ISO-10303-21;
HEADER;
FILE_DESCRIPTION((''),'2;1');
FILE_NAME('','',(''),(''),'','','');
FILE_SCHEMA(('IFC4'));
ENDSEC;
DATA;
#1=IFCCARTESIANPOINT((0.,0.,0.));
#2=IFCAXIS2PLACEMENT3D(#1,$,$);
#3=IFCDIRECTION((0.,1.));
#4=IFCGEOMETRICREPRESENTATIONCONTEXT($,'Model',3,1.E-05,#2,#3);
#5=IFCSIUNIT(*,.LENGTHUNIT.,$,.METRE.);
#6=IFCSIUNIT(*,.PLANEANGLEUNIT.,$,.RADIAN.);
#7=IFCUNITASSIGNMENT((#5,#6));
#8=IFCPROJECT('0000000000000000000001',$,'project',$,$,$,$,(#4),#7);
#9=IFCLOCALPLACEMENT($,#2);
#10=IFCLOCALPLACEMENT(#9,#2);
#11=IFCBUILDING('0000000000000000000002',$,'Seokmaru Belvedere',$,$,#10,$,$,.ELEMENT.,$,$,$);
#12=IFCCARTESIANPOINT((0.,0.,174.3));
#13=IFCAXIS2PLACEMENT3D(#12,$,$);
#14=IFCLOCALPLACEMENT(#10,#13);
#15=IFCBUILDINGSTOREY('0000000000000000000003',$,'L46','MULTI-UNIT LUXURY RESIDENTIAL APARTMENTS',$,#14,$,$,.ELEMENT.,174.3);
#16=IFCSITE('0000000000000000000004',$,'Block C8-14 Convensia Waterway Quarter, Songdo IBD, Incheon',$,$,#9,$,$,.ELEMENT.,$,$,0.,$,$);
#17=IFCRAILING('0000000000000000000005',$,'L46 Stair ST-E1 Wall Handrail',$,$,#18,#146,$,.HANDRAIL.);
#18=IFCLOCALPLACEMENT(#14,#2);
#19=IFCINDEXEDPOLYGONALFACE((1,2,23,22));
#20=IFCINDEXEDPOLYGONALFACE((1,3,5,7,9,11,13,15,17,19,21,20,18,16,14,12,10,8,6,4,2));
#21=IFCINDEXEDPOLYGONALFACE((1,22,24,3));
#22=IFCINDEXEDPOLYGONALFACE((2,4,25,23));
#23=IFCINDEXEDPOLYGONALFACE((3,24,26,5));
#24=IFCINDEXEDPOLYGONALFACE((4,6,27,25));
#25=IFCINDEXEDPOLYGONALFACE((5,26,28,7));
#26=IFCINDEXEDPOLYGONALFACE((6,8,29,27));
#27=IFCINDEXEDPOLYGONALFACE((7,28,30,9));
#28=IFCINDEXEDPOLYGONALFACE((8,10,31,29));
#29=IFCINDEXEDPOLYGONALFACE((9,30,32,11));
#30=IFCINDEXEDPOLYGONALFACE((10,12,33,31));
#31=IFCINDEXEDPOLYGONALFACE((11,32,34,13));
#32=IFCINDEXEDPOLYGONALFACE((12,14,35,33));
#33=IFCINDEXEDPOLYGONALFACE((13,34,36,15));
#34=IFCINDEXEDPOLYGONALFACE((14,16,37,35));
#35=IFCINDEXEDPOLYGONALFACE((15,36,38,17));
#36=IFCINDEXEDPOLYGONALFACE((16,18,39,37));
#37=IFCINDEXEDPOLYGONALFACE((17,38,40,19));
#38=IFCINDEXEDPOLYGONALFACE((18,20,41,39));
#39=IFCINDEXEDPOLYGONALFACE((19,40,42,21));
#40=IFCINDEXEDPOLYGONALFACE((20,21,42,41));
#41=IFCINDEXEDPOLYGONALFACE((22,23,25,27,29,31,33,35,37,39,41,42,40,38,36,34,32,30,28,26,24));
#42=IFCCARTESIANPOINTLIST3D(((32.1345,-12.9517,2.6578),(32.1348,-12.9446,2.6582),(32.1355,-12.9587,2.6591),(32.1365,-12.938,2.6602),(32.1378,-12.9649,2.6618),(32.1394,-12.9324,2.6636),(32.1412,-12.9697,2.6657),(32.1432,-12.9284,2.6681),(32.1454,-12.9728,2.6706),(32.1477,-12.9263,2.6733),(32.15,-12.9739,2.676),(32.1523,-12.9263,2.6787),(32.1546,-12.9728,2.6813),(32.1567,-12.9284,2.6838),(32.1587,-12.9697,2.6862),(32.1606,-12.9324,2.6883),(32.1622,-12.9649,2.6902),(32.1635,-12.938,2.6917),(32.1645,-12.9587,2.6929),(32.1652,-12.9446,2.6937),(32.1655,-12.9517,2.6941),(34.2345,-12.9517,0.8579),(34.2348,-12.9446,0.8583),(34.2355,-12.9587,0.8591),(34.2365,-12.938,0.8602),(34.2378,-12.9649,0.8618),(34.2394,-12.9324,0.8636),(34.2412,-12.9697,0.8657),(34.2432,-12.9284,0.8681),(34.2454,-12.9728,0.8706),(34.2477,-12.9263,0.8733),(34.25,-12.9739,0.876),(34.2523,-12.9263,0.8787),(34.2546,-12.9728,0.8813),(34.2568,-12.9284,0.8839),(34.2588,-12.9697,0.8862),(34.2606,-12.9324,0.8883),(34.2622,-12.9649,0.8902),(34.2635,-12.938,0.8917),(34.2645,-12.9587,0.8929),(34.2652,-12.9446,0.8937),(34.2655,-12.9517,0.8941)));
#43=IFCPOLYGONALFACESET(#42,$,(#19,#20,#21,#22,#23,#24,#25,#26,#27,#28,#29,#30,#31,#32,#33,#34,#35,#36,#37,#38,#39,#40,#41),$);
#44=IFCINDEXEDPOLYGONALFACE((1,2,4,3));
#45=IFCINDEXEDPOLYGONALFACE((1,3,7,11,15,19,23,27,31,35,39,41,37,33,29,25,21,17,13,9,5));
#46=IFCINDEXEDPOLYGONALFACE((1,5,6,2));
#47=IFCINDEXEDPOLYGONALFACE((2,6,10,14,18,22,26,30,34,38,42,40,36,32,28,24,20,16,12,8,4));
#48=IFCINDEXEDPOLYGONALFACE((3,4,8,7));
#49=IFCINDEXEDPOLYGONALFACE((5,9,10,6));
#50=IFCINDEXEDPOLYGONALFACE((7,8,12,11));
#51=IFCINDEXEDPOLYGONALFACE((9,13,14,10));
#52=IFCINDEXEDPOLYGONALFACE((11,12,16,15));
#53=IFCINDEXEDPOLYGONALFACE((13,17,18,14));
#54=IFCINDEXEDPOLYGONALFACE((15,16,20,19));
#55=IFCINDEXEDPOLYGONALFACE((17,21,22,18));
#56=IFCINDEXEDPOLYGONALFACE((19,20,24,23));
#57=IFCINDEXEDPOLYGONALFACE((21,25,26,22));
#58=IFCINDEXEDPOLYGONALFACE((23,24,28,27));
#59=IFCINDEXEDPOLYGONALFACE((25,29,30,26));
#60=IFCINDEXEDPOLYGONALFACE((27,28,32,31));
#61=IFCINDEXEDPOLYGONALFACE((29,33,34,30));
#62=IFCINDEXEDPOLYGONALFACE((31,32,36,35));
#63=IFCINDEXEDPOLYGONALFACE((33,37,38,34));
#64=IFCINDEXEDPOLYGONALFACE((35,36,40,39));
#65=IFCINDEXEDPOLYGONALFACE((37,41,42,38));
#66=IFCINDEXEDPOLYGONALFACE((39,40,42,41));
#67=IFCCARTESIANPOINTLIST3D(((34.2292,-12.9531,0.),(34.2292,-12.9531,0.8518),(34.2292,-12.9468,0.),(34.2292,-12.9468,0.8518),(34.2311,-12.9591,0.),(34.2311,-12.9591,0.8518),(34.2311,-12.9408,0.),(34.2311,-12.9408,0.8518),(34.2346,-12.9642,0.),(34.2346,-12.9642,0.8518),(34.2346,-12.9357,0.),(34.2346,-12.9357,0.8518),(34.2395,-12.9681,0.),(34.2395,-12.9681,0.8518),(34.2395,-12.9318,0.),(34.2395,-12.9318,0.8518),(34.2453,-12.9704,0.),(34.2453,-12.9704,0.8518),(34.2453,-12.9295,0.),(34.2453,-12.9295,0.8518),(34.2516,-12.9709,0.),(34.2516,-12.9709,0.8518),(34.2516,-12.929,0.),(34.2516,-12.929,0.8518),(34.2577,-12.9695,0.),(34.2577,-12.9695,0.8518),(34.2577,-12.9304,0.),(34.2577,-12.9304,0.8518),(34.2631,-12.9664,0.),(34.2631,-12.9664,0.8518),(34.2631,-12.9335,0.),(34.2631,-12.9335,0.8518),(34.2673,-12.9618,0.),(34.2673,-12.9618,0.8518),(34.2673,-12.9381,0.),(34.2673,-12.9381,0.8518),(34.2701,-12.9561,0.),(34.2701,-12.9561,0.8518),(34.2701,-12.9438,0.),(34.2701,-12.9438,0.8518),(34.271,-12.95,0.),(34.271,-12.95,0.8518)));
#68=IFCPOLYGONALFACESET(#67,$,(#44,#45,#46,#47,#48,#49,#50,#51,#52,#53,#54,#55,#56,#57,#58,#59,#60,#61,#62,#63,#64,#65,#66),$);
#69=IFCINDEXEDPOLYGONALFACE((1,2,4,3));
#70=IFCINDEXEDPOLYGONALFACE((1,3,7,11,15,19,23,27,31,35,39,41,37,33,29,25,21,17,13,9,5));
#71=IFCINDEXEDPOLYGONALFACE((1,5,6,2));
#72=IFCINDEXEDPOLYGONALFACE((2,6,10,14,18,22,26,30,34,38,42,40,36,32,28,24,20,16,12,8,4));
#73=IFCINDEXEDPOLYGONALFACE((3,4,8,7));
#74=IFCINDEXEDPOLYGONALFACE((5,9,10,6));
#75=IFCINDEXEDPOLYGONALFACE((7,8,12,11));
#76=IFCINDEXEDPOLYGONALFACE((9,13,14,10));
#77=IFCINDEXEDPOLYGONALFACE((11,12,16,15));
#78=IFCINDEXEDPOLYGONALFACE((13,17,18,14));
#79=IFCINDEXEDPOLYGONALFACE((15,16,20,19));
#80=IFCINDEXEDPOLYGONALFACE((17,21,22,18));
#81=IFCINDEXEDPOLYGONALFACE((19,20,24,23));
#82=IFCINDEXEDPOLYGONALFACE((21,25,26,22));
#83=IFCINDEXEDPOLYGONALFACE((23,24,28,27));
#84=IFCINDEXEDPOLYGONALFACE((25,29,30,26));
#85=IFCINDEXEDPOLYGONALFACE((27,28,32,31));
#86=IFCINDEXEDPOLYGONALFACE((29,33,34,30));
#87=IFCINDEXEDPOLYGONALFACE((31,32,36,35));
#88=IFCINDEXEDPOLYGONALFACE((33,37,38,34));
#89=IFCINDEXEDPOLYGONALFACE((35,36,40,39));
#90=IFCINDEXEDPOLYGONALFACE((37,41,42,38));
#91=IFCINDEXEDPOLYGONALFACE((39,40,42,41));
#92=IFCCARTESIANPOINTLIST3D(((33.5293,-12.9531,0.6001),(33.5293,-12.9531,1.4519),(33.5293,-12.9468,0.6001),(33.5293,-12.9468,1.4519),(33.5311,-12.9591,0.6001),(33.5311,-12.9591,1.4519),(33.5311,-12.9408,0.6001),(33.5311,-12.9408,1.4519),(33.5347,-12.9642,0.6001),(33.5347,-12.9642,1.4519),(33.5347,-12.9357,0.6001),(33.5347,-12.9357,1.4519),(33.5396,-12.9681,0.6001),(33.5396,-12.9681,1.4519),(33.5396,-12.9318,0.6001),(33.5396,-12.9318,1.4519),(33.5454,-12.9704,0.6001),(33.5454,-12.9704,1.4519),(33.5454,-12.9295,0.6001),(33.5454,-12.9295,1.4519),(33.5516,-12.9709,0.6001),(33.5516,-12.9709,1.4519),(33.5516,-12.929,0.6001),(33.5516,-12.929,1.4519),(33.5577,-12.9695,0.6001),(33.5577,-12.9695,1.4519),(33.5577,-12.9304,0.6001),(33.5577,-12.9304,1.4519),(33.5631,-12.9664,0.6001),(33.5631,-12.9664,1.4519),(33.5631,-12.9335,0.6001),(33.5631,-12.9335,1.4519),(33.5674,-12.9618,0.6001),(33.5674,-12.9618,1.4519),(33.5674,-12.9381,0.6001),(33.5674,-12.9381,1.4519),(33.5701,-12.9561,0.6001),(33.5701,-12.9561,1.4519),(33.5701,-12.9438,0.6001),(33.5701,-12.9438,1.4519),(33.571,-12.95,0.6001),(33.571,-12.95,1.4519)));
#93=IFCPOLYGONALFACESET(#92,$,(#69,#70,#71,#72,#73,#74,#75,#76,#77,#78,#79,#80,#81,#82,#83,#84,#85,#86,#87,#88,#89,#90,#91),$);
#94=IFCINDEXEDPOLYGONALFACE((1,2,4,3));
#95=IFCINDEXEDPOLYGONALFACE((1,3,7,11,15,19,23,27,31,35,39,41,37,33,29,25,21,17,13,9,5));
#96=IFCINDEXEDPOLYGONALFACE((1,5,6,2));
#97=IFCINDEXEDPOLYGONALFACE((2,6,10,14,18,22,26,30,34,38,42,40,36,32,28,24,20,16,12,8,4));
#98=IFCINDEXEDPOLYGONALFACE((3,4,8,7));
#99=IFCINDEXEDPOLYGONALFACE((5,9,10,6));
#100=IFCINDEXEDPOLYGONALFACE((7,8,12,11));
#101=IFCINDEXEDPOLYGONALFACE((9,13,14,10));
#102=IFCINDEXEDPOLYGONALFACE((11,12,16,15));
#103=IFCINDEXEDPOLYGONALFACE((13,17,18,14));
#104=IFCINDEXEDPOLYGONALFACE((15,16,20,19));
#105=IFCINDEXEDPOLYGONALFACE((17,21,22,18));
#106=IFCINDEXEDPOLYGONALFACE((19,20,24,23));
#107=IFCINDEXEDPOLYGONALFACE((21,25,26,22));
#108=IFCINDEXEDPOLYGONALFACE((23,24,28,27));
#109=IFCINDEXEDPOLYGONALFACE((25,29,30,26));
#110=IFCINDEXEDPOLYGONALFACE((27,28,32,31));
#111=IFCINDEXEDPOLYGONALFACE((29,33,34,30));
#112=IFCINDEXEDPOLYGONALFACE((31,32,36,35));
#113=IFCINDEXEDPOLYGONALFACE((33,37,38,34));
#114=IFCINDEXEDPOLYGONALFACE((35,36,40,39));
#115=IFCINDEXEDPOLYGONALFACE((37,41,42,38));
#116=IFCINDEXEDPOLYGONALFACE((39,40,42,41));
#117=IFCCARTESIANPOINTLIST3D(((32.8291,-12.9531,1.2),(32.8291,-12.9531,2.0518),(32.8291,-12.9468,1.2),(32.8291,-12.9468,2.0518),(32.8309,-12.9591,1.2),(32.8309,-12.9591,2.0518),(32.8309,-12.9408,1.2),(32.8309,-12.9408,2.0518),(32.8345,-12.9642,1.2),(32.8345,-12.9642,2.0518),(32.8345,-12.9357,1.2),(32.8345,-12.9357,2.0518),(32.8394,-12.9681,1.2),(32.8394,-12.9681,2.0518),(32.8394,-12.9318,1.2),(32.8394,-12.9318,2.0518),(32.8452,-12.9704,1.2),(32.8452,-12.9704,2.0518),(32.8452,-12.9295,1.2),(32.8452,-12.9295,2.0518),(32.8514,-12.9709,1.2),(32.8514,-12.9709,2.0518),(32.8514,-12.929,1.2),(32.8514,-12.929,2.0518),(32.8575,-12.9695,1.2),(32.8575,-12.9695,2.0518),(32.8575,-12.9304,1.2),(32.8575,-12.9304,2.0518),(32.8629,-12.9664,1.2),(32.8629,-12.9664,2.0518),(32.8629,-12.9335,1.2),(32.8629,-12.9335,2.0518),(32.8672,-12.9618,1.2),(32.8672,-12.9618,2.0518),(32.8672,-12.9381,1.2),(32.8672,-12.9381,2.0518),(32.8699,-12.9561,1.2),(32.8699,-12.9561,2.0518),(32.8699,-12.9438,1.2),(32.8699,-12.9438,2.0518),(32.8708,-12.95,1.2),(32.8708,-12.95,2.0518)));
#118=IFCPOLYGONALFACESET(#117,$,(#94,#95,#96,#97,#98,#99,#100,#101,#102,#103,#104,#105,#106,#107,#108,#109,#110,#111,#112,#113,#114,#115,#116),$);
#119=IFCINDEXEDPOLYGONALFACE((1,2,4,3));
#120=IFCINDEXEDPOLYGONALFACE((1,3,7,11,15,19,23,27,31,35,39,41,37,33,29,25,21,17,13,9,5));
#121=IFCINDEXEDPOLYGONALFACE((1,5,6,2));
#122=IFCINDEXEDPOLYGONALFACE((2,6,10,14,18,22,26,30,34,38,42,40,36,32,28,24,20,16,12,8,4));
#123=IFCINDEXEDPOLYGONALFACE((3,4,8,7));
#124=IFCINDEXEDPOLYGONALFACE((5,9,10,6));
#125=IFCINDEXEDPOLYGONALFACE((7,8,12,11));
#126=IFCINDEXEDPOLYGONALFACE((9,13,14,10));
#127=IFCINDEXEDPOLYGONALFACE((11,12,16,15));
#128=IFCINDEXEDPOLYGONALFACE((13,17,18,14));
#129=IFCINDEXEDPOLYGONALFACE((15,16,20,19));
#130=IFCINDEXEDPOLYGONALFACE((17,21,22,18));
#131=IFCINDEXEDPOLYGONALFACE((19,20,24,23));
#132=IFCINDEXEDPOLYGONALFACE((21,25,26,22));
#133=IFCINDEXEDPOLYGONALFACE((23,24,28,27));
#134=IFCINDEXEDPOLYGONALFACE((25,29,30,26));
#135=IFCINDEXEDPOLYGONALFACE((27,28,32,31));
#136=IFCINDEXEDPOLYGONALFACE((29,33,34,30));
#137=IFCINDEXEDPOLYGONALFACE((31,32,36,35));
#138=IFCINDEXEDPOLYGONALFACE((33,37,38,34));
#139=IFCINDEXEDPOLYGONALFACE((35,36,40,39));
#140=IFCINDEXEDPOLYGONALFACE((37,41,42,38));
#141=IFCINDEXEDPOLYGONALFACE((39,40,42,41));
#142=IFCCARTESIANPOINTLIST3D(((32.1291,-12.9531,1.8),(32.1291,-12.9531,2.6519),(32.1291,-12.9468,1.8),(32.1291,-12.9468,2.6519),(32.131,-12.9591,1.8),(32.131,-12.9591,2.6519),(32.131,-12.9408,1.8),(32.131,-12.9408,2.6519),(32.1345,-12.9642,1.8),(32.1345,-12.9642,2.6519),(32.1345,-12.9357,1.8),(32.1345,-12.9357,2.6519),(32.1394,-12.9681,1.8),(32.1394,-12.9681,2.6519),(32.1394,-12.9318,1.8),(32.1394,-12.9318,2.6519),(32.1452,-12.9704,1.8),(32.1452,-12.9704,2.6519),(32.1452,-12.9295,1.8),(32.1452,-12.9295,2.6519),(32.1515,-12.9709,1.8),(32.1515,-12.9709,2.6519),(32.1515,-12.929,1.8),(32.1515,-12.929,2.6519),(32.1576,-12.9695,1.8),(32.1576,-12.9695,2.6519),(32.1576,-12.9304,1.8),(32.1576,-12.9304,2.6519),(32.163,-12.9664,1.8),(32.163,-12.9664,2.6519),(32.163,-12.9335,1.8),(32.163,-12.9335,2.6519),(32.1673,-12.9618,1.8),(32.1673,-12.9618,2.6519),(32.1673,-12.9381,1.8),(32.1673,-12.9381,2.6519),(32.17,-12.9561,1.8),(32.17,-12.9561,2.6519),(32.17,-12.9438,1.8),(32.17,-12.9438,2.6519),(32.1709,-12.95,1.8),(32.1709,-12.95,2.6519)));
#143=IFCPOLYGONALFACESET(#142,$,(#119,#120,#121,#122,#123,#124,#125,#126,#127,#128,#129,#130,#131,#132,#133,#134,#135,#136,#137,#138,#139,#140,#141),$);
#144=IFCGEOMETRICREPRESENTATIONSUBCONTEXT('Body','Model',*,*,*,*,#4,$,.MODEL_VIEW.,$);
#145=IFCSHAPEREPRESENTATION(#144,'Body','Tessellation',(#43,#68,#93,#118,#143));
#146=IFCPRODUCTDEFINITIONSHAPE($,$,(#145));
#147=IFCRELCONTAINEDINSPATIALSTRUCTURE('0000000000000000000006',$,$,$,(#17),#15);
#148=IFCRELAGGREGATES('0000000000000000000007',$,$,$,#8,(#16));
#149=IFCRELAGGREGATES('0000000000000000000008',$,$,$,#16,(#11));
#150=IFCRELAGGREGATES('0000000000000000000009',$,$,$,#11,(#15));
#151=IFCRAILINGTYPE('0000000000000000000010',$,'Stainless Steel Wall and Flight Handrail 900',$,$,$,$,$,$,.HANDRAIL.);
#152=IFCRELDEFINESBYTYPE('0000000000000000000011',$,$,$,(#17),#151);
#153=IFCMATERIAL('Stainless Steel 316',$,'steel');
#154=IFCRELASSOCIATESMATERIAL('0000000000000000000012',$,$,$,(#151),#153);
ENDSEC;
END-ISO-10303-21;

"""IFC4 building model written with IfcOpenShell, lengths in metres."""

from ifc_helpers import new_model, si_unit, direction, frame, origin, origin_2d, place, context, subcontext, project, spatial, circle, extrude, material, type_object, element, save


model = new_model("IFC4")

# Units and contexts
model_context = context("Model", 3, precision=1e-05, world=origin(), true_north=direction((0.0, 1.0)))
body_context = subcontext(model_context, "Body", "Model", "MODEL_VIEW")
ifc_project = project(units=[si_unit("LENGTHUNIT", "METRE"), si_unit("PLANEANGLEUNIT", "RADIAN")], contexts=[model_context])

# Site, building, storey
site_placement = place(None, origin())
site = spatial("IfcSite", under=ifc_project, at=site_placement, Name="Block C8-14 Convensia Waterway Quarter, Songdo IBD, Incheon", CompositionType="ELEMENT", RefElevation=0.0)
building_placement = place(site_placement, origin())
building = spatial("IfcBuilding", under=site, at=building_placement, Name="Seokmaru Belvedere", CompositionType="ELEMENT")
storey_placement = place(building_placement, frame((0.0, 0.0, 174.3)))
storey = spatial("IfcBuildingStorey", under=building, at=storey_placement, Name="L46", Description="MULTI-UNIT LUXURY RESIDENTIAL APARTMENTS", CompositionType="ELEMENT", Elevation=174.3)

# Shared definitions
ifc_material_1 = material(Name="Stainless Steel 316", Category="steel")

# Railing
railing_type_1 = type_object("IfcRailingType", Name="Stainless Steel Wall and Flight Handrail 900", PredefinedType="HANDRAIL", material=ifc_material_1)
railing_1_placement = place(storey_placement, frame((34.25, -12.95, 0.0)))
element("IfcRailing", 1, at=railing_1_placement, inside=storey, type_object=railing_type_1, Name="L46 Stair ST-E1 Wall Handrail", PredefinedType="HANDRAIL", context=body_context, shape_type="SweptSolid", body=[
    extrude(circle(Radius=0.0239, at=origin_2d()), frame((0.0, 0.0, 0.876), z_axis=(-0.759263, 0.0, 0.650784), x_axis=(0.0, -1.0, 0.0)), (0.0, 0.0, 1.0), 2.7659),
    extrude(circle(Radius=0.021, at=origin_2d()), origin(), (0.0, 0.0, 1.0), 0.8518),
    extrude(circle(Radius=0.021, at=origin_2d()), frame((-0.7, 0.0, 0.6001)), (0.0, 0.0, 1.0), 0.8518),
    extrude(circle(Radius=0.021, at=origin_2d()), frame((-1.4001, 0.0, 1.2)), (0.0, 0.0, 1.0), 0.8518),
    extrude(circle(Radius=0.021, at=origin_2d()), frame((-2.1001, 0.0, 1.8)), (0.0, 0.0, 1.0), 0.8518),
])

save(model, "model.ifc")
